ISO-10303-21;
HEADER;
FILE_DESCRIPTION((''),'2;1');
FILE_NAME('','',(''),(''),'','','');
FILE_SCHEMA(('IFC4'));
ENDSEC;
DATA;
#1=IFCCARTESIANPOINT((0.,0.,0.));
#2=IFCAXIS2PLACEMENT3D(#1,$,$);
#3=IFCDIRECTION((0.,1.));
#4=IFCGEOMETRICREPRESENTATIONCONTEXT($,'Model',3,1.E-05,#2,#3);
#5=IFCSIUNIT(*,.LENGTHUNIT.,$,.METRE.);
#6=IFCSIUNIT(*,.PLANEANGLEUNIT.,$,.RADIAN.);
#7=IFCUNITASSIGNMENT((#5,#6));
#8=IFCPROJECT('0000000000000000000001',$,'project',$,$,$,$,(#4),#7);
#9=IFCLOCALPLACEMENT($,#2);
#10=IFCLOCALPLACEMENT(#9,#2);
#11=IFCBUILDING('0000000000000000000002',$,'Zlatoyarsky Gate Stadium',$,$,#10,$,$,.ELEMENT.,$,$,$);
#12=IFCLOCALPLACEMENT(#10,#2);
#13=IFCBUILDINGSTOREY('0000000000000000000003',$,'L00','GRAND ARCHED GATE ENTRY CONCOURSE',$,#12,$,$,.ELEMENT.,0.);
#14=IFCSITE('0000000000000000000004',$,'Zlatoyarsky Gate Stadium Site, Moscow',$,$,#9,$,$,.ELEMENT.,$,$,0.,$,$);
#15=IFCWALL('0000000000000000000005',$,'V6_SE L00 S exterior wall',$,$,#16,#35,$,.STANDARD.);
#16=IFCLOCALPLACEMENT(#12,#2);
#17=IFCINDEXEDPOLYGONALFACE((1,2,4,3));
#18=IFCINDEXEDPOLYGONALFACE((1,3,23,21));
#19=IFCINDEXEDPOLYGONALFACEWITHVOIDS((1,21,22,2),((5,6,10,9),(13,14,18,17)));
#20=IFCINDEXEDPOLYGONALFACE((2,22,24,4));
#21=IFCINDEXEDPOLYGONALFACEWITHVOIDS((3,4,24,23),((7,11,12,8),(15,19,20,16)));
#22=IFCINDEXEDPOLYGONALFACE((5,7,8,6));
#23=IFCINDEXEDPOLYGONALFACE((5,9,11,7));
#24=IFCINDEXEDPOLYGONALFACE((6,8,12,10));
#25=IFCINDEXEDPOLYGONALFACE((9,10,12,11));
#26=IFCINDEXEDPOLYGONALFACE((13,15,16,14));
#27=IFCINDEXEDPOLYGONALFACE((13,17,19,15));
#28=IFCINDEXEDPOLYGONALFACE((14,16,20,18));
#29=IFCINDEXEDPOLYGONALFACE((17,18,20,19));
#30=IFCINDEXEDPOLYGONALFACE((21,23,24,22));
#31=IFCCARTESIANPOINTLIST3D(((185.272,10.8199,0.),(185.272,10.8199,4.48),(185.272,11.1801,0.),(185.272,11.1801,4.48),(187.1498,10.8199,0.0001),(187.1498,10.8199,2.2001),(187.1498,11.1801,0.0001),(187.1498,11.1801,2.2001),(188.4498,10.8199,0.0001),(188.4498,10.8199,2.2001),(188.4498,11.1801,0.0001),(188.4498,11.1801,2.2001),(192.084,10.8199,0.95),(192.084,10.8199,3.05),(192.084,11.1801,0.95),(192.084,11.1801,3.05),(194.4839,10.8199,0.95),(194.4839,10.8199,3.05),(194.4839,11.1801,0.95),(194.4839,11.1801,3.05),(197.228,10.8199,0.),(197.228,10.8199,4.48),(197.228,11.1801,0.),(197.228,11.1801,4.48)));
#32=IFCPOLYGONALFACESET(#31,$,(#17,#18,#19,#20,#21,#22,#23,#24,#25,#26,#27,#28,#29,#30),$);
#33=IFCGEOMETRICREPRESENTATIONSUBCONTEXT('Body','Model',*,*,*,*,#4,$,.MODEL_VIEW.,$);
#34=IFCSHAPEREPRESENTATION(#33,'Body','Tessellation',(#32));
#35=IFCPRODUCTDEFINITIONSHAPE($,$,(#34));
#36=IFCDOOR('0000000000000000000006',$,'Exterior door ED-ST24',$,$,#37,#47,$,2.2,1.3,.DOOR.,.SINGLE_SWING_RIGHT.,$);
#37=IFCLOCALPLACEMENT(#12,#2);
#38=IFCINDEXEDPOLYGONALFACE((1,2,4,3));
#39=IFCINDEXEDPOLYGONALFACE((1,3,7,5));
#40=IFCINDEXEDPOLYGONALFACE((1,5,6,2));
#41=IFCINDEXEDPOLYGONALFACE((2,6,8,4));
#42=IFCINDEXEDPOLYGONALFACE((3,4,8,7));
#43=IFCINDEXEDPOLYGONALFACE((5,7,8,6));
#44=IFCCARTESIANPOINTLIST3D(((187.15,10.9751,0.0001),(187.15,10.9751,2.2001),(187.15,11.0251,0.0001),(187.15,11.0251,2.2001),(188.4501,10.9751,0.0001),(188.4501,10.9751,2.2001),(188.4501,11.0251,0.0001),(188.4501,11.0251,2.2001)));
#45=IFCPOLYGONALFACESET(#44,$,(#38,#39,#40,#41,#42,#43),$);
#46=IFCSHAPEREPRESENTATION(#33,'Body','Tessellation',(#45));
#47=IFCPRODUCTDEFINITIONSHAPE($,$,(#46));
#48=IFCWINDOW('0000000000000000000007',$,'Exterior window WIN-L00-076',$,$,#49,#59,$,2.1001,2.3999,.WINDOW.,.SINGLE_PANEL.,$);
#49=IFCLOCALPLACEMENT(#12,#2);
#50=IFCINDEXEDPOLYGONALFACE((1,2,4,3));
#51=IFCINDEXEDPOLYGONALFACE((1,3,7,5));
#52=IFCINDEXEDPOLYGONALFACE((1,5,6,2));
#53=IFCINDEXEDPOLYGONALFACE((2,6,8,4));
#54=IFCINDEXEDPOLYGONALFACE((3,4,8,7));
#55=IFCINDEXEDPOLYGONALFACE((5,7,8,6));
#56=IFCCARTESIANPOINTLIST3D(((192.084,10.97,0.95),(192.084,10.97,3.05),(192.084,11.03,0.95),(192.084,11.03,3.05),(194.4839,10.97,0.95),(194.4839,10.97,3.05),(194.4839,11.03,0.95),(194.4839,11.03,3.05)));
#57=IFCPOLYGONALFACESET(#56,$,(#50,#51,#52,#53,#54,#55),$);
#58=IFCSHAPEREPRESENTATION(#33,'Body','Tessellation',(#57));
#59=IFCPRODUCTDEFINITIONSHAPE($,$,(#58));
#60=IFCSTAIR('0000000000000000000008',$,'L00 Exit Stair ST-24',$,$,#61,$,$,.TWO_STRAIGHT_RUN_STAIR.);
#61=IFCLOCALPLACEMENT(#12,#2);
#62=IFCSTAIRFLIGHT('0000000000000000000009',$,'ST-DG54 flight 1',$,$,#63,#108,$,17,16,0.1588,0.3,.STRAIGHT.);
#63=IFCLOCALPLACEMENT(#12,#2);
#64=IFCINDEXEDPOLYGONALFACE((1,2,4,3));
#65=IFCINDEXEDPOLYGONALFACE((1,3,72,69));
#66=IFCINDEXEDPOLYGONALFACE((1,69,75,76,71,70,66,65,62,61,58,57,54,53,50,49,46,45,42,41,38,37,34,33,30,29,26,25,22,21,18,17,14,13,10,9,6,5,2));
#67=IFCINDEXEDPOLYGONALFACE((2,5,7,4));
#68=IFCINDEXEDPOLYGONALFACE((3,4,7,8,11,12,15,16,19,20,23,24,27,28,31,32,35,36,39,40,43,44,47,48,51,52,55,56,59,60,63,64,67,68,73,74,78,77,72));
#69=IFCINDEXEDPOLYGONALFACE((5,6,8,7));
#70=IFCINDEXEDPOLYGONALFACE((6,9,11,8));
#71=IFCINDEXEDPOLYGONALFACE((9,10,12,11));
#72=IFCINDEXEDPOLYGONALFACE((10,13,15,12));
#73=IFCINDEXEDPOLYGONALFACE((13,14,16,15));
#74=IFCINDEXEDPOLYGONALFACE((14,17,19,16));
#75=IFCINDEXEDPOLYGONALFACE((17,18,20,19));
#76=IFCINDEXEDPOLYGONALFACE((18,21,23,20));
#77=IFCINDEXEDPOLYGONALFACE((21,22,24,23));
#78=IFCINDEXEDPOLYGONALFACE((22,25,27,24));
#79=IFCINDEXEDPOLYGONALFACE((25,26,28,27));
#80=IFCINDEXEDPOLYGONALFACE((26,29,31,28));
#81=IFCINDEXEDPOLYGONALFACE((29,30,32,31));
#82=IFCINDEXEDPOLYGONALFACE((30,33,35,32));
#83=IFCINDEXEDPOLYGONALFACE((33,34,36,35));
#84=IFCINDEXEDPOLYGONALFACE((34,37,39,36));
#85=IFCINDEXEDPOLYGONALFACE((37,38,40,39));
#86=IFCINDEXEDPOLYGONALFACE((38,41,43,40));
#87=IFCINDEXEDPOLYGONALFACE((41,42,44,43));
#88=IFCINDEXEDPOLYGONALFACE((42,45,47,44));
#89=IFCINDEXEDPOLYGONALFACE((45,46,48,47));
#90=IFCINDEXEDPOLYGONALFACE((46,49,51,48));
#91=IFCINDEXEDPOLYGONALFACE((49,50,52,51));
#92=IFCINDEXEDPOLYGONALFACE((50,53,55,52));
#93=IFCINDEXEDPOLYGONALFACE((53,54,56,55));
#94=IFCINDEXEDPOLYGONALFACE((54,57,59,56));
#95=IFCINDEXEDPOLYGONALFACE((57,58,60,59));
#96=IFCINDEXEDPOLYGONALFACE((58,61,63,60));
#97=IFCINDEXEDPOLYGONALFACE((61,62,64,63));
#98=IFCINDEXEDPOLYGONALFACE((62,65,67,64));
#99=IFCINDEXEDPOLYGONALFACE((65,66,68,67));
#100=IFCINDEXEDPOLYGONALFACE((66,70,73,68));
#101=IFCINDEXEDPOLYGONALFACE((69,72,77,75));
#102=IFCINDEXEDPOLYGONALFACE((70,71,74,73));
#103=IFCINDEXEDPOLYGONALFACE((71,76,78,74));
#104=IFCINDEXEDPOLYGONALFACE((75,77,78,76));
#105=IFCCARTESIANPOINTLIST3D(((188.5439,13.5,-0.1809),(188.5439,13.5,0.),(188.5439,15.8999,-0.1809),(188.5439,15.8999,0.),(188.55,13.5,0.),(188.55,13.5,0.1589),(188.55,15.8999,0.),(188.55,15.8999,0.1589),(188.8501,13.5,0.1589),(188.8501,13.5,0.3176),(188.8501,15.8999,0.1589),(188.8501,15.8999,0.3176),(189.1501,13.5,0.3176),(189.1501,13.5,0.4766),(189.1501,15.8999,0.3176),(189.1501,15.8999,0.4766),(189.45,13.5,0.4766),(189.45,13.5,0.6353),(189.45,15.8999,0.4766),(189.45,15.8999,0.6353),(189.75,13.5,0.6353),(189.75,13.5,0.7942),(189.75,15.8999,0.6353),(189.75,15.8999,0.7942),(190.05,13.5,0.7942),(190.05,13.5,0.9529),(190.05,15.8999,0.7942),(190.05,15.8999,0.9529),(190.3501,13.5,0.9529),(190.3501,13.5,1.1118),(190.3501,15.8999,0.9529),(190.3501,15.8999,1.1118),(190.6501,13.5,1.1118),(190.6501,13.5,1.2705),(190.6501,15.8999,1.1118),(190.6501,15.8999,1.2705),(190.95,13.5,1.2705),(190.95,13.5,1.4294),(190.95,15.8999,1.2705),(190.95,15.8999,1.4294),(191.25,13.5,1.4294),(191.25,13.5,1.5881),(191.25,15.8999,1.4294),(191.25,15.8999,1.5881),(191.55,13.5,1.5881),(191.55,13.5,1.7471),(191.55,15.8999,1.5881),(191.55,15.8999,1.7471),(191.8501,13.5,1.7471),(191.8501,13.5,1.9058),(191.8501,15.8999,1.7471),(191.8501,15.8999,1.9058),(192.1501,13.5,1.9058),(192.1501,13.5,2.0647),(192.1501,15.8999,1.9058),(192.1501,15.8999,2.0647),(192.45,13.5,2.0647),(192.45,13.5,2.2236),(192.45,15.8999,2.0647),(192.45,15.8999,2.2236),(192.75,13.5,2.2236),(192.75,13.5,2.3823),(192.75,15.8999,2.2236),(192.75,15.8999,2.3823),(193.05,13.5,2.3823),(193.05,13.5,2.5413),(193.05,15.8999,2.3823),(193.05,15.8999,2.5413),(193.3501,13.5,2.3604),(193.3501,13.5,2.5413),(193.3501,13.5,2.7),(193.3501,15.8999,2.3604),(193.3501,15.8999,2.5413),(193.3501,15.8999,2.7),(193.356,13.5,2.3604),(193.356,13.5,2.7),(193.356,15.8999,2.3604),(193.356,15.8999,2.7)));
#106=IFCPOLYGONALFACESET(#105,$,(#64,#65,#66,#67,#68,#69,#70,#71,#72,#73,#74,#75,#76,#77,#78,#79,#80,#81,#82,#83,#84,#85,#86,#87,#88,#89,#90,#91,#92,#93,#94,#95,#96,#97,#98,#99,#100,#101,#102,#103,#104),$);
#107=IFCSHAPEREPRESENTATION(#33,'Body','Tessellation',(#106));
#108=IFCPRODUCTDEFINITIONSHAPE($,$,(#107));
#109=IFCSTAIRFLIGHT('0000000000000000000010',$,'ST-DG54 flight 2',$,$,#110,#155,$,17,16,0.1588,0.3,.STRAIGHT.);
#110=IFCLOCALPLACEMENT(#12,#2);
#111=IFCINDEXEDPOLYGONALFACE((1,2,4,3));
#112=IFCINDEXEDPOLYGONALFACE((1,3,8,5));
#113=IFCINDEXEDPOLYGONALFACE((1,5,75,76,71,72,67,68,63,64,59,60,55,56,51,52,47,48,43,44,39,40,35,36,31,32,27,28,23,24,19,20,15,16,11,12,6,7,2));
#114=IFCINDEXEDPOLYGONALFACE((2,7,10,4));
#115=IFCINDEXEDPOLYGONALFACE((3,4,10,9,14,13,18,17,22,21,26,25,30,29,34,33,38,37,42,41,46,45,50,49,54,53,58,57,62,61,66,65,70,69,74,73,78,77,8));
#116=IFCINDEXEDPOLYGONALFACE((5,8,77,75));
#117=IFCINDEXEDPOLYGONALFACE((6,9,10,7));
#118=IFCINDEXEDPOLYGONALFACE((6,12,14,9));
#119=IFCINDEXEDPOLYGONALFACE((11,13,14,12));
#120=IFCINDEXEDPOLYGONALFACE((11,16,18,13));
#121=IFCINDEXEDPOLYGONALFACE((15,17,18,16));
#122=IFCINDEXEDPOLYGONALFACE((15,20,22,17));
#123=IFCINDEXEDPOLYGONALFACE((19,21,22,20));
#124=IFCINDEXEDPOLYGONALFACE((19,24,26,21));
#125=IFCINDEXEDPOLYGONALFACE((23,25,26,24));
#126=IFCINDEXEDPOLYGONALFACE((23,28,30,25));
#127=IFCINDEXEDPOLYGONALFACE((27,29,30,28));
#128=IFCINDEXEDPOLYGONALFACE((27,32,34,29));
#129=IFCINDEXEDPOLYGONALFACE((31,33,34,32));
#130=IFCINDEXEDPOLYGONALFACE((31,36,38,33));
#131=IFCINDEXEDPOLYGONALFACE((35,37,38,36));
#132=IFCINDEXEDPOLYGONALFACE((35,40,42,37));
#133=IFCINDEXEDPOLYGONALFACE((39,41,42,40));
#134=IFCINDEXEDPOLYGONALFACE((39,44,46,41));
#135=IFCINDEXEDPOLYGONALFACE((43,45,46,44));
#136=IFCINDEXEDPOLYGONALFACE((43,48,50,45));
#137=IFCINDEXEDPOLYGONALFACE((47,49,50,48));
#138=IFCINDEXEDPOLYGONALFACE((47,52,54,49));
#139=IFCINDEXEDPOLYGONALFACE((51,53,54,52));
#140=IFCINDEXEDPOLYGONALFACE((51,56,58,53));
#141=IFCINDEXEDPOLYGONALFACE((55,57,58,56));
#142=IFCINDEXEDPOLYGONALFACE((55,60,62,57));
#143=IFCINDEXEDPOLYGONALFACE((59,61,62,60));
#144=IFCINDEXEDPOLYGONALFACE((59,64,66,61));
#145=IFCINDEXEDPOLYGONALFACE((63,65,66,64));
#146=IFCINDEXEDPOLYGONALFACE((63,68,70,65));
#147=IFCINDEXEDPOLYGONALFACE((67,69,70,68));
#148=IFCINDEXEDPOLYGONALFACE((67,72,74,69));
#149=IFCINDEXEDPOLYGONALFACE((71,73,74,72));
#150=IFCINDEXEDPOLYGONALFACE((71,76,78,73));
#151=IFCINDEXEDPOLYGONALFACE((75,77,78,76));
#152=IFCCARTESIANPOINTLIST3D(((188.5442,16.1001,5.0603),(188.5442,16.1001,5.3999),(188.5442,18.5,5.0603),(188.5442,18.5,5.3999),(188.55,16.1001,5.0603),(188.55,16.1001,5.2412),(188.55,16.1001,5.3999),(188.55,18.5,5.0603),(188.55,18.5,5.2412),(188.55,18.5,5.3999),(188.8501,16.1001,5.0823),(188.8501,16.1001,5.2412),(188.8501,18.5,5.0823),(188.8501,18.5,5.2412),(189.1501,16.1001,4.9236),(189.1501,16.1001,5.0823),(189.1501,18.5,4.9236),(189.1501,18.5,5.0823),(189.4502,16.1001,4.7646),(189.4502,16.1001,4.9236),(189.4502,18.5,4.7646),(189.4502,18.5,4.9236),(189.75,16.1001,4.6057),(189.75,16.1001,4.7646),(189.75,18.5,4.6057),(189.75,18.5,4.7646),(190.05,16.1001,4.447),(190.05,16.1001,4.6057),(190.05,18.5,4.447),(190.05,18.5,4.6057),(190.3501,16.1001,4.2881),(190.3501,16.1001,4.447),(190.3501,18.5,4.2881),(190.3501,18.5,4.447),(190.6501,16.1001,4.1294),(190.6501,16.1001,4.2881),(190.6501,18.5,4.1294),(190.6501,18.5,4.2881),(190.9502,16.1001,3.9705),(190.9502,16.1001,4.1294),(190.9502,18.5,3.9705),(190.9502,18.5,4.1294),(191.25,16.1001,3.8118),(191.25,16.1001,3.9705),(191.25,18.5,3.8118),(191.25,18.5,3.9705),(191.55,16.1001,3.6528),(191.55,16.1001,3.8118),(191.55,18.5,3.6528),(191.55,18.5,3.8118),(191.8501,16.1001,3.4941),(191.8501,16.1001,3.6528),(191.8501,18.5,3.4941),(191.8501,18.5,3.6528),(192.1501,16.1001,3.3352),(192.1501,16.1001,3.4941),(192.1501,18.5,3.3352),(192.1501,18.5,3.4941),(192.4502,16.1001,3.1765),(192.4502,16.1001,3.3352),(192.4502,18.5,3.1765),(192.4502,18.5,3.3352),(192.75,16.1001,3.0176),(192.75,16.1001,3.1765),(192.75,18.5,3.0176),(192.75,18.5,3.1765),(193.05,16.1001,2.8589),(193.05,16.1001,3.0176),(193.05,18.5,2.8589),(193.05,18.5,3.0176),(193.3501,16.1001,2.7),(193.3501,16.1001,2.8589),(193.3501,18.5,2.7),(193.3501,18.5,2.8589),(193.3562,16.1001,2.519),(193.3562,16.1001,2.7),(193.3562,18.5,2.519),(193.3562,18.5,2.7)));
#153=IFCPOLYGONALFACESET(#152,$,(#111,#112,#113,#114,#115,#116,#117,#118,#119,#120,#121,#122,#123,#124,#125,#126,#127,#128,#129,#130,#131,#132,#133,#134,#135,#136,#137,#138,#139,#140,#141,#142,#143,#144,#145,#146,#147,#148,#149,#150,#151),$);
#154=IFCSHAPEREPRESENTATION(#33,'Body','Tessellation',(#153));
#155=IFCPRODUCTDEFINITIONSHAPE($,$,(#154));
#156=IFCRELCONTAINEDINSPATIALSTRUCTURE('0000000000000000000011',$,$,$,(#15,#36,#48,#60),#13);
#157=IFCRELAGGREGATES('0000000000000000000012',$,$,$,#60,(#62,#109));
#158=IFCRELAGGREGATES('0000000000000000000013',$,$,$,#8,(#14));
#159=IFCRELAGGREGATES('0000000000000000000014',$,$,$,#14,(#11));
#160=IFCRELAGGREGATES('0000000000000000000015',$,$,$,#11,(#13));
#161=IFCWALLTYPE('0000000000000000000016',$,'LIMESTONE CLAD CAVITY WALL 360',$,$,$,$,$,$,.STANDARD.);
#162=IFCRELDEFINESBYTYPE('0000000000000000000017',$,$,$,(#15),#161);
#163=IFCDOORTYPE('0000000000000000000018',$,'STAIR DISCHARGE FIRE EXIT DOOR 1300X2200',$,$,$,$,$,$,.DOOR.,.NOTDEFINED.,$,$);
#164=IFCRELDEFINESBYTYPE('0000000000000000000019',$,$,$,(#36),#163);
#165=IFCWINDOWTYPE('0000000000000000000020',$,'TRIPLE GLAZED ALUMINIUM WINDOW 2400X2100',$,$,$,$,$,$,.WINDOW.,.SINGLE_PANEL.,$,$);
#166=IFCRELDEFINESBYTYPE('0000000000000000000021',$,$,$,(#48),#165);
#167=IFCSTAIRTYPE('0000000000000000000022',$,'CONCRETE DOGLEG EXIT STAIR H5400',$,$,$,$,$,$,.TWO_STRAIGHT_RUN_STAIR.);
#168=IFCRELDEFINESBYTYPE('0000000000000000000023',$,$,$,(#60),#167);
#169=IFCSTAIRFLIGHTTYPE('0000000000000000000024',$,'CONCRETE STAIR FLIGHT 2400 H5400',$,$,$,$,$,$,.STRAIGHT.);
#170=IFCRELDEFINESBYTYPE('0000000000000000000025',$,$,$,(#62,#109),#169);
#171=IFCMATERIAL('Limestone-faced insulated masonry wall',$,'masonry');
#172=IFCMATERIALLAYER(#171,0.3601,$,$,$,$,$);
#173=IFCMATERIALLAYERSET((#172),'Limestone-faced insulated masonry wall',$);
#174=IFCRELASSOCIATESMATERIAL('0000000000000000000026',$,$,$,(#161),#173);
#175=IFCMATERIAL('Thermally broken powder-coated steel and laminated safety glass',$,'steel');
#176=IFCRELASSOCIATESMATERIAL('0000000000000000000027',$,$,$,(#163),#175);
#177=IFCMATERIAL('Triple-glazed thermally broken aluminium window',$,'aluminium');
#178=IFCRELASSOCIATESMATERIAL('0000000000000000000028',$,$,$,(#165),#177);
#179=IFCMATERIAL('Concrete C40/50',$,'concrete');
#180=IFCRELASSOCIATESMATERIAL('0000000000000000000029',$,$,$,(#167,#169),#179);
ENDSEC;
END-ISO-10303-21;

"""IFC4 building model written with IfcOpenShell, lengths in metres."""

from ifc_helpers import new_model, si_unit, direction, frame, frame_2d, origin, place, context, subcontext, project, spatial, polyline, rectangle, outline, extrude, material, layer, layer_set, type_object, element, fill, aggregate, save


model = new_model("IFC4")

# Units and contexts
model_context = context("Model", 3, precision=1e-05, world=origin(), true_north=direction((0.0, 1.0)))
body_context = subcontext(model_context, "Body", "Model", "MODEL_VIEW")
ifc_project = project(units=[si_unit("LENGTHUNIT", "METRE"), si_unit("PLANEANGLEUNIT", "RADIAN")], contexts=[model_context])

# Site, building, storey
site_placement = place(None, origin())
site = spatial("IfcSite", under=ifc_project, at=site_placement, Name="Zlatoyarsky Gate Stadium Site, Moscow", CompositionType="ELEMENT", RefElevation=0.0)
building_placement = place(site_placement, origin())
building = spatial("IfcBuilding", under=site, at=building_placement, Name="Zlatoyarsky Gate Stadium", CompositionType="ELEMENT")
storey_placement = place(building_placement, origin())
storey = spatial("IfcBuildingStorey", under=building, at=storey_placement, Name="L00", Description="GRAND ARCHED GATE ENTRY CONCOURSE", CompositionType="ELEMENT", Elevation=0.0)

# Shared definitions
ifc_material_1 = material(Name="Concrete C40/50", Category="concrete")

# Wall, openings, door, window
ifc_material_2 = material(Name="Limestone-faced insulated masonry wall", Category="masonry")
ifc_layer_1 = layer(ifc_material_2, 0.3601)
ifc_layer_set_1 = layer_set([ifc_layer_1], Name="Limestone-faced insulated masonry wall")
wall_type_1 = type_object("IfcWallType", Name="LIMESTONE CLAD CAVITY WALL 360", PredefinedType="STANDARD", material=ifc_layer_set_1)
wall_1_placement = place(storey_placement, frame((185.272, 11.0, 0.0), z_axis=(0.0, 0.0, 1.0), x_axis=(1.0, 0.0, 0.0)))
wall_1 = element("IfcWall", 1, at=wall_1_placement, inside=storey, type_object=wall_type_1, Name="V6_SE L00 S exterior wall", PredefinedType="STANDARD", context=body_context, shape_type="SweptSolid", body=[
    extrude(rectangle(XDim=11.9561, YDim=0.3601, at=frame_2d((5.978, 0.0))), origin(), (0.0, 0.0, 1.0), 4.48),
])
opening_1_placement = place(wall_1_placement, frame((1.8779, 0.0, 0.0)))
opening_1 = element("IfcOpeningElement", 2, at=opening_1_placement, cuts=wall_1, PredefinedType="OPENING", context=body_context, shape_type="SweptSolid", body=[
    extrude(rectangle(XDim=1.3, YDim=2.2, at=frame_2d((0.6499, 1.1001))), frame((0.0, 0.1899, 0.0), z_axis=(0.0, -1.0, 0.0), x_axis=(1.0, 0.0, 0.0)), (0.0, 0.0, 1.0), 0.3801),
])
opening_2_placement = place(wall_1_placement, frame((6.812, 0.0, 0.95)))
opening_2 = element("IfcOpeningElement", 3, at=opening_2_placement, cuts=wall_1, PredefinedType="OPENING", context=body_context, shape_type="SweptSolid", body=[
    extrude(rectangle(XDim=2.3999, YDim=2.1001, at=frame_2d((1.2, 1.05))), frame((0.0, 0.1899, 0.0), z_axis=(0.0, -1.0, 0.0), x_axis=(1.0, 0.0, 0.0)), (0.0, 0.0, 1.0), 0.3801),
])
ifc_material_3 = material(Name="Thermally broken powder-coated steel and laminated safety glass", Category="steel")
door_type_1 = type_object("IfcDoorType", Name="STAIR DISCHARGE FIRE EXIT DOOR 1300X2200", OperationType="NOTDEFINED", PredefinedType="DOOR", material=ifc_material_3)
door_1_placement = place(opening_1_placement, frame((1.3, 0.0, 0.0), z_axis=(0.0, 0.0, 1.0), x_axis=(-1.0, 0.0, 0.0)))
door_1 = element("IfcDoor", 4, at=door_1_placement, inside=storey, type_object=door_type_1, Name="Exterior door ED-ST24", OperationType="SINGLE_SWING_RIGHT", OverallHeight=2.2, OverallWidth=1.3, PredefinedType="DOOR", context=body_context, shape_type="SweptSolid", body=[
    extrude(rectangle(XDim=1.3, YDim=2.2, at=frame_2d((0.6499, 1.1001))), frame((0.0, 0.0249, 0.0), z_axis=(0.0, -1.0, 0.0), x_axis=(1.0, 0.0, 0.0)), (0.0, 0.0, 1.0), 0.05),
])
fill(opening_1, door_1)
ifc_material_4 = material(Name="Triple-glazed thermally broken aluminium window", Category="aluminium")
window_type = type_object("IfcWindowType", Name="TRIPLE GLAZED ALUMINIUM WINDOW 2400X2100", PartitioningType="SINGLE_PANEL", PredefinedType="WINDOW", material=ifc_material_4)
window_placement = place(opening_2_placement, origin())
window = element("IfcWindow", 5, at=window_placement, inside=storey, type_object=window_type, Name="Exterior window WIN-L00-076", OverallHeight=2.1001, OverallWidth=2.3999, PartitioningType="SINGLE_PANEL", PredefinedType="WINDOW", context=body_context, shape_type="SweptSolid", body=[
    extrude(rectangle(XDim=2.3999, YDim=2.1001, at=frame_2d((1.2, 1.05))), frame((0.0, 0.03, 0.0), z_axis=(0.0, -1.0, 0.0), x_axis=(1.0, 0.0, 0.0)), (0.0, 0.0, 1.0), 0.0601),
])
fill(opening_2, window)

# Stair, stair flights
stair_type = type_object("IfcStairType", Name="CONCRETE DOGLEG EXIT STAIR H5400", PredefinedType="TWO_STRAIGHT_RUN_STAIR", material=ifc_material_1)
stair_placement = place(storey_placement, origin())
stair = element("IfcStair", 6, at=stair_placement, inside=storey, type_object=stair_type, Name="L00 Exit Stair ST-24", PredefinedType="TWO_STRAIGHT_RUN_STAIR")
stair_flight_type = type_object("IfcStairFlightType", Name="CONCRETE STAIR FLIGHT 2400 H5400", PredefinedType="STRAIGHT", material=ifc_material_1)
stair_flight_1_placement = place(storey_placement, frame((188.55, 14.7, 0.0), z_axis=(0.0, 0.0, 1.0), x_axis=(1.0, 0.0, 0.0)))
stair_flight_1 = element("IfcStairFlight", 7, at=stair_flight_1_placement, type_object=stair_flight_type, Name="ST-DG54 flight 1", NumberOfRisers=17, NumberOfTreads=16, PredefinedType="STRAIGHT", RiserHeight=0.1588, TreadLength=0.3, context=body_context, shape_type="SweptSolid", body=[
    extrude(outline(polyline([(-0.0061, -0.1809), (-0.0061, 0.0), (0.0, 0.0), (0.0, 0.1589), (0.3, 0.1589), (0.3, 0.3176), (0.6001, 0.3176), (0.6001, 0.4766), (0.8999, 0.4766), (0.8999, 0.6353), (1.2, 0.6353), (1.2, 0.7942), (1.5, 0.7942), (1.5, 0.9529), (1.8, 0.9529), (1.8, 1.1118), (2.1001, 1.1118), (2.1001, 1.2705), (2.3999, 1.2705), (2.3999, 1.4294), (2.7, 1.4294), (2.7, 1.5881), (3.0, 1.5881), (3.0, 1.7471), (3.3, 1.7471), (3.3, 1.9058), (3.6001, 1.9058), (3.6001, 2.0647), (3.8999, 2.0647), (3.8999, 2.2236), (4.2, 2.2236), (4.2, 2.3823), (4.5, 2.3823), (4.5, 2.5413), (4.8, 2.5413), (4.8, 2.7), (4.8059, 2.7), (4.8059, 2.3604), (4.8, 2.3604), (-0.0061, -0.1809)])), frame((0.0, 1.2, 0.0), z_axis=(0.0, -1.0, 0.0), x_axis=(1.0, 0.0, 0.0)), (0.0, 0.0, 1.0), 2.3999),
])
stair_flight_2_placement = place(storey_placement, frame((193.3501, 17.3, 2.7), z_axis=(0.0, 0.0, 1.0), x_axis=(-1.0, 0.0, 0.0)))
stair_flight_2 = element("IfcStairFlight", 8, at=stair_flight_2_placement, type_object=stair_flight_type, Name="ST-DG54 flight 2", NumberOfRisers=17, NumberOfTreads=16, PredefinedType="STRAIGHT", RiserHeight=0.1588, TreadLength=0.3, context=body_context, shape_type="SweptSolid", body=[
    extrude(outline(polyline([(-0.0061, -0.1809), (-0.0061, 0.0), (0.0, 0.0), (0.0, 0.1589), (0.3, 0.1589), (0.3, 0.3176), (0.6001, 0.3176), (0.6001, 0.4766), (0.8999, 0.4766), (0.8999, 0.6353), (1.2, 0.6353), (1.2, 0.7942), (1.5, 0.7942), (1.5, 0.9529), (1.8, 0.9529), (1.8, 1.1118), (2.1001, 1.1118), (2.1001, 1.2705), (2.3999, 1.2705), (2.3999, 1.4294), (2.7, 1.4294), (2.7, 1.5881), (3.0, 1.5881), (3.0, 1.7471), (3.3, 1.7471), (3.3, 1.9058), (3.6001, 1.9058), (3.6001, 2.0647), (3.8999, 2.0647), (3.8999, 2.2236), (4.2, 2.2236), (4.2, 2.3823), (4.5, 2.3823), (4.5, 2.5413), (4.8, 2.5413), (4.8, 2.7), (4.8059, 2.7), (4.8059, 2.3604), (4.8, 2.3604), (-0.0061, -0.1809)])), frame((0.0, 1.2, 0.0), z_axis=(0.0, -1.0, 0.0), x_axis=(1.0, 0.0, 0.0)), (0.0, 0.0, 1.0), 2.3999),
])
aggregate(stair, [stair_flight_1, stair_flight_2])

save(model, "model.ifc")
